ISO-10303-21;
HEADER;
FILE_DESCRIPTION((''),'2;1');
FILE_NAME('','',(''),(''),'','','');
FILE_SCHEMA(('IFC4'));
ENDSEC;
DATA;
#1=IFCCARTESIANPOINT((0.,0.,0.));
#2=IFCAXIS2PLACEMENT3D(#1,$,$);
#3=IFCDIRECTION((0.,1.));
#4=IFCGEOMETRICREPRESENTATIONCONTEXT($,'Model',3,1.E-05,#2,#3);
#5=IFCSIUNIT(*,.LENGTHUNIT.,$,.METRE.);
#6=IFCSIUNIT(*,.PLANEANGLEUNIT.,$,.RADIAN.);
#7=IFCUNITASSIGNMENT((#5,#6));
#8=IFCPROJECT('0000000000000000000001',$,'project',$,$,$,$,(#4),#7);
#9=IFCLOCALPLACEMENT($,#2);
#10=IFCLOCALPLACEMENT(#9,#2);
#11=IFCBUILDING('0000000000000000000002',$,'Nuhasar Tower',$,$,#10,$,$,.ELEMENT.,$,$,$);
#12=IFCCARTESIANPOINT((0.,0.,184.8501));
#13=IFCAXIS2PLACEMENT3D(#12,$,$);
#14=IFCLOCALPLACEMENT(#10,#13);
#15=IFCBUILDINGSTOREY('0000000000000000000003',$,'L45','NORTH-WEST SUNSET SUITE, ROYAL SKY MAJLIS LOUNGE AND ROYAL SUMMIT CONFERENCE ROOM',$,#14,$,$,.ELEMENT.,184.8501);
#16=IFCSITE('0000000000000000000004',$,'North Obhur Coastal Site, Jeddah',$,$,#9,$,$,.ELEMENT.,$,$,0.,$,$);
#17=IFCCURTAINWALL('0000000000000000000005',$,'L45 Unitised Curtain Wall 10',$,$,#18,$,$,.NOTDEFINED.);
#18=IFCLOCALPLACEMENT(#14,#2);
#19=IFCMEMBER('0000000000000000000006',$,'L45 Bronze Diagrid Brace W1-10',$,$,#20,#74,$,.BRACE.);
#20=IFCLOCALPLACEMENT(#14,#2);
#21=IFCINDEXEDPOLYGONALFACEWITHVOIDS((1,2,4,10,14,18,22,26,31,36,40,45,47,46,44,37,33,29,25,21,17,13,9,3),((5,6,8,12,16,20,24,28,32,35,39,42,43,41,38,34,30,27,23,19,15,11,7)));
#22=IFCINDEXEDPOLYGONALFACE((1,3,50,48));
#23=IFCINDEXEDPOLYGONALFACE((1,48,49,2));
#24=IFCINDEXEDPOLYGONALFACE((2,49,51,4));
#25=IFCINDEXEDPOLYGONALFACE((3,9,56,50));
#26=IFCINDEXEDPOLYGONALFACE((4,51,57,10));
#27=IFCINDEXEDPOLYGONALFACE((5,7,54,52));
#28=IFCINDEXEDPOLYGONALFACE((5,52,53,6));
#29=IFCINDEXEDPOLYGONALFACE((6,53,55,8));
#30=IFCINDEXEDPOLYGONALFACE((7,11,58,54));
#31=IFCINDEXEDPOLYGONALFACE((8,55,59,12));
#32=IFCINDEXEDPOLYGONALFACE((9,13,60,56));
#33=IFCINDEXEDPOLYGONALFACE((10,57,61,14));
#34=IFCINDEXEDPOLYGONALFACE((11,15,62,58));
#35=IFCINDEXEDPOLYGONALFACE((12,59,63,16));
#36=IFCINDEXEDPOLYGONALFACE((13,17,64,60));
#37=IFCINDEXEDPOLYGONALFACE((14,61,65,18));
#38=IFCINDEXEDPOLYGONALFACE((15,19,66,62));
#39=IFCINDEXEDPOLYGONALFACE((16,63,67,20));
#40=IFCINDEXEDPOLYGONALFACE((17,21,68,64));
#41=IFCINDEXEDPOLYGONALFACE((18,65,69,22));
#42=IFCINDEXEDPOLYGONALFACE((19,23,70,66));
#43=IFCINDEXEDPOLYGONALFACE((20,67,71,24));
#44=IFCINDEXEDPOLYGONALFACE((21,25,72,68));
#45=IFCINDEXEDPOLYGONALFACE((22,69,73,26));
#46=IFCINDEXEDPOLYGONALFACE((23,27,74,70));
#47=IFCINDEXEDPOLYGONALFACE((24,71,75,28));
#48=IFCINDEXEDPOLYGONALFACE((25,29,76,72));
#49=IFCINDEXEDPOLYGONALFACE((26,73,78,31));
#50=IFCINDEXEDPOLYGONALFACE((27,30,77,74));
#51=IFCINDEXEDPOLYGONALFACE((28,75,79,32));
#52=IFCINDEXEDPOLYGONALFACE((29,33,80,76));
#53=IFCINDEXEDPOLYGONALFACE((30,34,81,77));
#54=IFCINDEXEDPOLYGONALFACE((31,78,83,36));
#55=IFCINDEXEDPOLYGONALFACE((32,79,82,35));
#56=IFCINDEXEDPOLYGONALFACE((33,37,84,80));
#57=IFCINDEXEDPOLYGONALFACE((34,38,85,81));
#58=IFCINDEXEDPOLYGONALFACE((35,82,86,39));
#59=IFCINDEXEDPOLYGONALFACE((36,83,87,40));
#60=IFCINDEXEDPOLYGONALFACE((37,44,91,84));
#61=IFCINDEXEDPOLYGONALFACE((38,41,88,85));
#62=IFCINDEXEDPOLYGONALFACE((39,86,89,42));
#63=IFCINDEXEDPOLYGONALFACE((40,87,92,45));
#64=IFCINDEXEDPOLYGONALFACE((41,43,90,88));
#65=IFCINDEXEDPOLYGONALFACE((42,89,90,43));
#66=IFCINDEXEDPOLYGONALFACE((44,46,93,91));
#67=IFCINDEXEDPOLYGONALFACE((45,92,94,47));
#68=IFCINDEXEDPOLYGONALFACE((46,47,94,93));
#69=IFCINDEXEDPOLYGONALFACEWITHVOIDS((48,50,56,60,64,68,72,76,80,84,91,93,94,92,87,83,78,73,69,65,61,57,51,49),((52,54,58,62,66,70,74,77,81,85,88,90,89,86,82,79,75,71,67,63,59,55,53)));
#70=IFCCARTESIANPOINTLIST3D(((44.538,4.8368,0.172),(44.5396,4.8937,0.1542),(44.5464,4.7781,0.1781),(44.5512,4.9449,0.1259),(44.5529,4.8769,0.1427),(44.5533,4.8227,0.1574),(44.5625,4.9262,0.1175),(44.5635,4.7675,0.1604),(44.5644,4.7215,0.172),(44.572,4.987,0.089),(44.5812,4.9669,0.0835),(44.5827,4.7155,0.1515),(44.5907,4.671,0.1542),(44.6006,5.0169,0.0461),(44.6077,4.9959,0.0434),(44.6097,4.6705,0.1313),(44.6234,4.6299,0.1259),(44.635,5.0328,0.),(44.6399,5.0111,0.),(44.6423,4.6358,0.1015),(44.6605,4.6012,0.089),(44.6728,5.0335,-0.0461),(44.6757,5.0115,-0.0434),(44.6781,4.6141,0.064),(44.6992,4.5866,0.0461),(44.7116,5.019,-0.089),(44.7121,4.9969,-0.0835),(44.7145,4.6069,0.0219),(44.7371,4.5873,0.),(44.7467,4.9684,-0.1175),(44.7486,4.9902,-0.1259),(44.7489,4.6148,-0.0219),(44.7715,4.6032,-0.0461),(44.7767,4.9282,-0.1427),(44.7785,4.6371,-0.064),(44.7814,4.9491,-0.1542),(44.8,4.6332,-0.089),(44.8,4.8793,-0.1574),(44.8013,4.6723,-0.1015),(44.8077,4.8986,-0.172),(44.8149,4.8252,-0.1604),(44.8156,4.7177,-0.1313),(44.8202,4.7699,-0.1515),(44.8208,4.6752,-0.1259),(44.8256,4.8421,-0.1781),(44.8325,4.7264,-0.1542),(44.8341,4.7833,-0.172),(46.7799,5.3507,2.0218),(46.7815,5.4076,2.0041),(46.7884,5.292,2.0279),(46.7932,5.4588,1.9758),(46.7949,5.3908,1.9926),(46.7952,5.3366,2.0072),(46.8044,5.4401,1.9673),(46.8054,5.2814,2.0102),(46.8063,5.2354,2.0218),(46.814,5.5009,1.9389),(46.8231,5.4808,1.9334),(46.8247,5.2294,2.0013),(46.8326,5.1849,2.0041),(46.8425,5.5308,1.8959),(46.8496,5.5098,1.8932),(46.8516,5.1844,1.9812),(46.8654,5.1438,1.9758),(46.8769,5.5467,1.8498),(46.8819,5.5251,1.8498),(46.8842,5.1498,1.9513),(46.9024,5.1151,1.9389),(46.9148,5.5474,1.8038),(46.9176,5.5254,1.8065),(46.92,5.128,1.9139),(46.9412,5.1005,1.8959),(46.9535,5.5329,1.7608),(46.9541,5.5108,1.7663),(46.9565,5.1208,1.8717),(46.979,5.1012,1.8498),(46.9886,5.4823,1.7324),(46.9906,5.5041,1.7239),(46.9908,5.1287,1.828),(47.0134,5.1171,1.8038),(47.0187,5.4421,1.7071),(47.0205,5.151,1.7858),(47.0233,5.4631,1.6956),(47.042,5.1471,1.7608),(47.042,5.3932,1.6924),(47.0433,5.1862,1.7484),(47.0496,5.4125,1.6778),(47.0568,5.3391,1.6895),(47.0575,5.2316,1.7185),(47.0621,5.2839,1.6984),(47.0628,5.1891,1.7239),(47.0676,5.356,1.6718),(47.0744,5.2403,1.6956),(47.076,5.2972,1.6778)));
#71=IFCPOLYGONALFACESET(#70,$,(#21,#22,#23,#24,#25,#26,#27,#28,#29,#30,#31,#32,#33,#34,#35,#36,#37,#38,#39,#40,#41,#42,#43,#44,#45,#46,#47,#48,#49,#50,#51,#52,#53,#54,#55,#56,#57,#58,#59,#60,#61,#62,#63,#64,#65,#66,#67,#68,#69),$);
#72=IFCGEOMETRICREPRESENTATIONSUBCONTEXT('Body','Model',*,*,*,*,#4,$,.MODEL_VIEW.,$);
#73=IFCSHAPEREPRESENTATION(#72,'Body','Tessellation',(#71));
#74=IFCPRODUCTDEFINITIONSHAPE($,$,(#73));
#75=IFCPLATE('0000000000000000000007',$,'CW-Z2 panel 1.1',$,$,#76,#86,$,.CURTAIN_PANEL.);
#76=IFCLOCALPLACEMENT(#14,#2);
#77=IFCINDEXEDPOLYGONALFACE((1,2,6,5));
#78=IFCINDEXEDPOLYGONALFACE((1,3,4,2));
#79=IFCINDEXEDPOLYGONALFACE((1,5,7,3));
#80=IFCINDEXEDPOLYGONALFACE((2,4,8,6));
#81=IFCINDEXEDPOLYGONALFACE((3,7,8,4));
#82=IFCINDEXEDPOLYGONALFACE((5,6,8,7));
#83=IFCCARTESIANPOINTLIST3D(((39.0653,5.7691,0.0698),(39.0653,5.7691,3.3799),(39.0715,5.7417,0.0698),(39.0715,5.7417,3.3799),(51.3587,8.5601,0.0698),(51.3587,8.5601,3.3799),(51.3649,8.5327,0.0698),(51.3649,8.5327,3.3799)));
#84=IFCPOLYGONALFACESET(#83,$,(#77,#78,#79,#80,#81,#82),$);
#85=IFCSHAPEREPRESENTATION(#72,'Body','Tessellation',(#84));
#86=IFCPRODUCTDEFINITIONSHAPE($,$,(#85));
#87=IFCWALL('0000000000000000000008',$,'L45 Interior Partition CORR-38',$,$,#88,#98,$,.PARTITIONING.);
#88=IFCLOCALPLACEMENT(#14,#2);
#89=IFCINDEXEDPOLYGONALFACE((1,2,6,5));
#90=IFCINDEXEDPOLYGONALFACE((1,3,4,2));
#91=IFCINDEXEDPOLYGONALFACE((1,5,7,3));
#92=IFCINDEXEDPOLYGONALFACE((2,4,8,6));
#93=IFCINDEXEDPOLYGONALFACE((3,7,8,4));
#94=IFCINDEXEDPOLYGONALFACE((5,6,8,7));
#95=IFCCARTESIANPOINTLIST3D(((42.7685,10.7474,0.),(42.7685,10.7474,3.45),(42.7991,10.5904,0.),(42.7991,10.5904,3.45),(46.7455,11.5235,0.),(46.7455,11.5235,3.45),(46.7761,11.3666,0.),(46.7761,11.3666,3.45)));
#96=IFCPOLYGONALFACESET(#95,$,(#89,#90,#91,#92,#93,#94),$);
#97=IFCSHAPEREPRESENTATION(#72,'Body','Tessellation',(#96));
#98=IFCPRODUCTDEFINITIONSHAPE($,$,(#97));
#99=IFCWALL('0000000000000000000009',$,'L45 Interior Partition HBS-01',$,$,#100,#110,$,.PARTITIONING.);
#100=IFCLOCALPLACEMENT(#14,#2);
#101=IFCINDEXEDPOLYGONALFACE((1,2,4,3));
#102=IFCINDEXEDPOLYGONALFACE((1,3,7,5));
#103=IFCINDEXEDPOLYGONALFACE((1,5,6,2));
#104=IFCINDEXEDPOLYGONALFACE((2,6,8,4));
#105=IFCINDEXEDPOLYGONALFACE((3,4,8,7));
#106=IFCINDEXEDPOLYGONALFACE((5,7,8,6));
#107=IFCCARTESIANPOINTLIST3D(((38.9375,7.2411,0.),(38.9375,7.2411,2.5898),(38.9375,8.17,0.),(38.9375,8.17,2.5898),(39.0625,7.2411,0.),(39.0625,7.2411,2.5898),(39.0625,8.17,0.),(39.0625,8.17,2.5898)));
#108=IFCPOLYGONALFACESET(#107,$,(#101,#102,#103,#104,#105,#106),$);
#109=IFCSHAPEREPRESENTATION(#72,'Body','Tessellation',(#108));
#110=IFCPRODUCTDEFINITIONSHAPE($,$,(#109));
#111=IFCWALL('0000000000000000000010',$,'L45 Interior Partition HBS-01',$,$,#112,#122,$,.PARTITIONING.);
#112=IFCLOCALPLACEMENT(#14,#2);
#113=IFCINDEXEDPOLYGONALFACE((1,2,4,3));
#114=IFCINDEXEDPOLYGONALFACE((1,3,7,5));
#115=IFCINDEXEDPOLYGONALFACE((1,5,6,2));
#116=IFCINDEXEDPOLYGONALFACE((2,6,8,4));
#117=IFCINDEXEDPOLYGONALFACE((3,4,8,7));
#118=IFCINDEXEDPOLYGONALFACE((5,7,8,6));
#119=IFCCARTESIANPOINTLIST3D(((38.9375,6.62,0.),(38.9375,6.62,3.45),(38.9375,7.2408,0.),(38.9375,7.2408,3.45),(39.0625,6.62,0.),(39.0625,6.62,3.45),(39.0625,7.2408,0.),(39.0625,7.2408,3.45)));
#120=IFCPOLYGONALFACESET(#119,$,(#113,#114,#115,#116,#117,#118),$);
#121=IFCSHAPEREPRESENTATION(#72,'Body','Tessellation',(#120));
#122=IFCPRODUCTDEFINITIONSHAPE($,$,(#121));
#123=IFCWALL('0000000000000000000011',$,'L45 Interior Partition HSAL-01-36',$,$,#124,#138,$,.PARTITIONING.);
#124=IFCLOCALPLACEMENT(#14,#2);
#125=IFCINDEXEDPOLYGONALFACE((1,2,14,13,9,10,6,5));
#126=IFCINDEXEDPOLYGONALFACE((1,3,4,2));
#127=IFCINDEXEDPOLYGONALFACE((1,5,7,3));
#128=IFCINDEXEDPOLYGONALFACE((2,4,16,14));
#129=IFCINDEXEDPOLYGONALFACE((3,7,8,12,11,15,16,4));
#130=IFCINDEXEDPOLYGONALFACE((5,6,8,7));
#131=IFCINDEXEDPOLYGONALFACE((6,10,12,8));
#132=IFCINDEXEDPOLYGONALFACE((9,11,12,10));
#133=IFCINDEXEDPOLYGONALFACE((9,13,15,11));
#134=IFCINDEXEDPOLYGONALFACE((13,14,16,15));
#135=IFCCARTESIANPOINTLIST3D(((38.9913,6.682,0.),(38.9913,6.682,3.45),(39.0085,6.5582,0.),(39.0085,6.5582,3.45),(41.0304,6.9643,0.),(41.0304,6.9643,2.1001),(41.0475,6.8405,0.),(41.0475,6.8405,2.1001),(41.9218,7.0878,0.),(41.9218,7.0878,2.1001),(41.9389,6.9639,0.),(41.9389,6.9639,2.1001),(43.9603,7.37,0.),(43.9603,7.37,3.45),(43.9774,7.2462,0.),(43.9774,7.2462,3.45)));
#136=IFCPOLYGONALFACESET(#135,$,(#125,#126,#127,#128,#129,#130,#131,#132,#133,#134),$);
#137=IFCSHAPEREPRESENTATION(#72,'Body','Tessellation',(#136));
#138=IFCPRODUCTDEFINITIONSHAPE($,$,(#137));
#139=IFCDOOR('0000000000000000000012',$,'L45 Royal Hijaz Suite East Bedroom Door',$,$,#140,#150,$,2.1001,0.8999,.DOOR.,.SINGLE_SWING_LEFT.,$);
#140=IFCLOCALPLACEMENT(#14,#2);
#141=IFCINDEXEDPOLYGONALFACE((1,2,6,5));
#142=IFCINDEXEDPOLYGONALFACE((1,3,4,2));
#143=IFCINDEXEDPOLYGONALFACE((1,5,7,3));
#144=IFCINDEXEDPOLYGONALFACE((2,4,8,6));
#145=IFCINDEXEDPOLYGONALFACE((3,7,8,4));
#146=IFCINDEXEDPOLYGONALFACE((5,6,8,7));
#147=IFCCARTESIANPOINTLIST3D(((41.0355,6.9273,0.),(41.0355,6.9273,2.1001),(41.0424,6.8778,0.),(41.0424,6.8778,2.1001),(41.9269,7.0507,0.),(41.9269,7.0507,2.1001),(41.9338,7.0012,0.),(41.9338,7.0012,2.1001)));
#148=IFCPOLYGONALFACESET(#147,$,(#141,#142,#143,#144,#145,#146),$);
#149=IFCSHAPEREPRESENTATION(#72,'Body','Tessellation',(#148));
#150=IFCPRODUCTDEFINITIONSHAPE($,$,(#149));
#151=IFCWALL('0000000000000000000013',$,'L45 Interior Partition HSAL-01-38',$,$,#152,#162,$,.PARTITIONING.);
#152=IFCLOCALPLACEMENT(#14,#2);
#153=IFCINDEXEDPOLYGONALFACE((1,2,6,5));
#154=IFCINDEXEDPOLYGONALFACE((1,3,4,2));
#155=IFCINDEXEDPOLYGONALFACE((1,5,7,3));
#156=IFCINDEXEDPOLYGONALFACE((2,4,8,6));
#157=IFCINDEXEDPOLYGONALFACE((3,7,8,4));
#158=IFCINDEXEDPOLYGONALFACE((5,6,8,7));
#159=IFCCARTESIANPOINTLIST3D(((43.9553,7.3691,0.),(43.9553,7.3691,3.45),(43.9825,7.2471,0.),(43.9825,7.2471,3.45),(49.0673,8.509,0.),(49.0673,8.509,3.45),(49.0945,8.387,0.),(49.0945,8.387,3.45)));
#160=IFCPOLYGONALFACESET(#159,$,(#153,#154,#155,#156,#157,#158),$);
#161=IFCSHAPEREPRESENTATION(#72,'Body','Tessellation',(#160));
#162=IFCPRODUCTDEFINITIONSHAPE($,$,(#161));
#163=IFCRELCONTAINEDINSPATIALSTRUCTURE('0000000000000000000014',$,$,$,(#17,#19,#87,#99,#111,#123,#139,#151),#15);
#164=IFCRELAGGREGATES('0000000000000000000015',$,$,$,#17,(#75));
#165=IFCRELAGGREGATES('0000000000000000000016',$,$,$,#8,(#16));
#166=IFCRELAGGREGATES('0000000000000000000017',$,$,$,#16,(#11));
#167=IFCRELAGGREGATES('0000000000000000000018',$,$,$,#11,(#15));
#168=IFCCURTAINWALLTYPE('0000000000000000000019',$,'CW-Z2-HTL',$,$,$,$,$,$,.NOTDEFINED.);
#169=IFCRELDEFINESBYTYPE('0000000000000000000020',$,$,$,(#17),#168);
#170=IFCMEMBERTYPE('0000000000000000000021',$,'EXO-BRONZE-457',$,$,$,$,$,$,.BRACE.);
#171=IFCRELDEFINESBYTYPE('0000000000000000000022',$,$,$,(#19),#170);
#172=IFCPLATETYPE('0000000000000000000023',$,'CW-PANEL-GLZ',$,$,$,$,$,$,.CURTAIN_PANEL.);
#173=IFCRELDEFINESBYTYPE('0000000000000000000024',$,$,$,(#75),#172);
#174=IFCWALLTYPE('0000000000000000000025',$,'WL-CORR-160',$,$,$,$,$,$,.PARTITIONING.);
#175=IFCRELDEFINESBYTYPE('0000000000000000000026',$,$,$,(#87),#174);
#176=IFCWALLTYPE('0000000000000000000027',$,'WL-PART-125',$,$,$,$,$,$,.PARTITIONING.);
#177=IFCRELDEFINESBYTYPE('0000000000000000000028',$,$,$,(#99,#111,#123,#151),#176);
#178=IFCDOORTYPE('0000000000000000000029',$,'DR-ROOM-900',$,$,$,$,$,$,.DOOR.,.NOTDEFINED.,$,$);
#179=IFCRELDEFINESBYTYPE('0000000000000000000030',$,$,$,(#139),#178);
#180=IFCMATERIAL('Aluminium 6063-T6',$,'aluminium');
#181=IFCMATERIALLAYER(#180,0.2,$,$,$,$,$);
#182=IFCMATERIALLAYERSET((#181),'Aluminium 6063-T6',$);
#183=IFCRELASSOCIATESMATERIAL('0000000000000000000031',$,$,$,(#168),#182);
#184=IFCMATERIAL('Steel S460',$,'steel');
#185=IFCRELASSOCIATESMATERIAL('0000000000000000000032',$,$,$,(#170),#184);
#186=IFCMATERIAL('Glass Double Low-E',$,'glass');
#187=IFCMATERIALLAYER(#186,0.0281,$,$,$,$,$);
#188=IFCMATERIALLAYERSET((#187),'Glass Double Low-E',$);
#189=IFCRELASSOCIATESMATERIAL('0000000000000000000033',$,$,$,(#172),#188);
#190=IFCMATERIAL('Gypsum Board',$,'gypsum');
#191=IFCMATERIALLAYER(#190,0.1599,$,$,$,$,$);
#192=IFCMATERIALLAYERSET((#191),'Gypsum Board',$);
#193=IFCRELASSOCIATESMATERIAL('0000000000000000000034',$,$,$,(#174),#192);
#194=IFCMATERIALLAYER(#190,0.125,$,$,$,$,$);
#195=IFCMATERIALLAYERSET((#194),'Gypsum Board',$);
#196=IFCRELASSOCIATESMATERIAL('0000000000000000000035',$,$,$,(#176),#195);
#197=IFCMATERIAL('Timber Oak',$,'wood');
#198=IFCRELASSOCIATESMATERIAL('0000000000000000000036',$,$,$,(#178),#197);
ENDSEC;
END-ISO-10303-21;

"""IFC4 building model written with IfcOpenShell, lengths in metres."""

from ifc_helpers import new_model, si_unit, direction, frame, frame_2d, origin, origin_2d, place, context, subcontext, project, spatial, rectangle, hollow_circle, extrude, material, layer, layer_set, material_profile, profile_set, type_object, element, fill, aggregate, save


model = new_model("IFC4")

# Units and contexts
model_context = context("Model", 3, precision=1e-05, world=origin(), true_north=direction((0.0, 1.0)))
body_context = subcontext(model_context, "Body", "Model", "MODEL_VIEW")
ifc_project = project(units=[si_unit("LENGTHUNIT", "METRE"), si_unit("PLANEANGLEUNIT", "RADIAN")], contexts=[model_context])

# Site, building, storey
site_placement = place(None, origin())
site = spatial("IfcSite", under=ifc_project, at=site_placement, Name="North Obhur Coastal Site, Jeddah", CompositionType="ELEMENT", RefElevation=0.0)
building_placement = place(site_placement, origin())
building = spatial("IfcBuilding", under=site, at=building_placement, Name="Nuhasar Tower", CompositionType="ELEMENT")
storey_placement = place(building_placement, frame((0.0, 0.0, 184.8501)))
storey = spatial("IfcBuildingStorey", under=building, at=storey_placement, Name="L45", Description="NORTH-WEST SUNSET SUITE, ROYAL SKY MAJLIS LOUNGE AND ROYAL SUMMIT CONFERENCE ROOM", CompositionType="ELEMENT", Elevation=184.8501)

# Shared definitions
ifc_material_1 = material(Name="Aluminium 6063-T6", Category="aluminium")
ifc_layer_1 = layer(ifc_material_1, 0.2)
ifc_layer_set_1 = layer_set([ifc_layer_1], Name="Aluminium 6063-T6")
curtain_wall_type = type_object("IfcCurtainWallType", Name="CW-Z2-HTL", PredefinedType="NOTDEFINED", material=ifc_layer_set_1)

# Curtain wall
curtain_wall_1_placement = place(storey_placement, origin())
curtain_wall_1 = element("IfcCurtainWall", 1, at=curtain_wall_1_placement, inside=storey, type_object=curtain_wall_type, Name="L45 Unitised Curtain Wall 10", PredefinedType="NOTDEFINED")

# Member
ifc_material_2 = material(Name="Steel S460", Category="steel")
ifc_material_profile_1 = material_profile(ifc_material_2, hollow_circle(Radius=0.2285, WallThickness=0.0222, at=origin_2d()), Name="HSS457X22.2")
ifc_profile_set_1 = profile_set([ifc_material_profile_1], Name="Steel S460")
member_type_1 = type_object("IfcMemberType", Name="EXO-BRONZE-457", PredefinedType="BRACE", material=ifc_profile_set_1)
member_1_placement = place(storey_placement, frame((44.686, 4.8101, 0.0), z_axis=(0.75955, 0.17411, 0.626713), x_axis=(-0.223433, 0.974719, 0.0)))
element("IfcMember", 2, at=member_1_placement, inside=storey, type_object=member_type_1, Name="L45 Bronze Diagrid Brace W1-10", PredefinedType="BRACE", context=body_context, shape_type="SweptSolid", body=[
    extrude(hollow_circle(Radius=0.2285, WallThickness=0.0222, at=origin_2d()), origin(), (0.0, 0.0, 1.0), 2.9517),
])

# Plate
ifc_material_3 = material(Name="Glass Double Low-E", Category="glass")
ifc_layer_2 = layer(ifc_material_3, 0.0281)
ifc_layer_set_2 = layer_set([ifc_layer_2], Name="Glass Double Low-E")
plate_type = type_object("IfcPlateType", Name="CW-PANEL-GLZ", PredefinedType="CURTAIN_PANEL", material=ifc_layer_set_2)
plate_placement = place(storey_placement, frame((45.2151, 7.1509, 0.0698), z_axis=(0.0, 0.0, 1.0), x_axis=(0.975184, 0.221397, 0.0)))
plate = element("IfcPlate", 3, at=plate_placement, type_object=plate_type, Name="CW-Z2 panel 1.1", PredefinedType="CURTAIN_PANEL", context=body_context, shape_type="SweptSolid", body=[
    extrude(rectangle(XDim=12.6062, YDim=0.0281, at=origin_2d()), origin(), (0.0, 0.0, 1.0), 3.3101),
])
aggregate(curtain_wall_1, [plate])

# Shared definitions
ifc_material_4 = material(Name="Gypsum Board", Category="gypsum")
ifc_layer_3 = layer(ifc_material_4, 0.1599)
ifc_layer_set_3 = layer_set([ifc_layer_3], Name="Gypsum Board")
wall_type_1 = type_object("IfcWallType", Name="WL-CORR-160", PredefinedType="PARTITIONING", material=ifc_layer_set_3)
ifc_material_5 = material(Name="Timber Oak", Category="wood")

# Wall
wall_1_placement = place(storey_placement, frame((42.7839, 10.6689, 0.0), z_axis=(0.0, 0.0, 1.0), x_axis=(0.981485, 0.191537, 0.0)))
element("IfcWall", 4, at=wall_1_placement, inside=storey, type_object=wall_type_1, Name="L45 Interior Partition CORR-38", PredefinedType="PARTITIONING", context=body_context, shape_type="SweptSolid", body=[
    extrude(rectangle(XDim=4.052, YDim=0.1599, at=frame_2d((2.0259, 0.0))), origin(), (0.0, 0.0, 1.0), 3.45),
])

# Walls
ifc_layer_4 = layer(ifc_material_4, 0.125)
ifc_layer_set_4 = layer_set([ifc_layer_4], Name="Gypsum Board")
wall_type_2 = type_object("IfcWallType", Name="WL-PART-125", PredefinedType="PARTITIONING", material=ifc_layer_set_4)
wall_2_placement = place(storey_placement, frame((39.0, 8.1699, 0.0), z_axis=(0.0, 0.0, 1.0), x_axis=(0.0, -1.0, 0.0)))
element("IfcWall", 5, at=wall_2_placement, inside=storey, type_object=wall_type_2, Name="L45 Interior Partition HBS-01", PredefinedType="PARTITIONING", context=body_context, shape_type="SweptSolid", body=[
    extrude(rectangle(XDim=0.929, YDim=0.125, at=frame_2d((0.4644, 0.0))), origin(), (0.0, 0.0, 1.0), 2.5898),
])
wall_3_placement = place(storey_placement, frame((39.0, 7.241, 0.0), z_axis=(0.0, 0.0, 1.0), x_axis=(0.0, -1.0, 0.0)))
element("IfcWall", 6, at=wall_3_placement, inside=storey, type_object=wall_type_2, Name="L45 Interior Partition HBS-01", PredefinedType="PARTITIONING", context=body_context, shape_type="SweptSolid", body=[
    extrude(rectangle(XDim=0.6208, YDim=0.125, at=frame_2d((0.3105, 0.0))), origin(), (0.0, 0.0, 1.0), 3.45),
])

# Wall, opening, door
wall_4_placement = place(storey_placement, frame((43.969, 7.3081, 0.0), z_axis=(0.0, 0.0, 1.0), x_axis=(-0.990551, -0.137148, 0.0)))
wall_4 = element("IfcWall", 7, at=wall_4_placement, inside=storey, type_object=wall_type_2, Name="L45 Interior Partition HSAL-01-36", PredefinedType="PARTITIONING", context=body_context, shape_type="SweptSolid", body=[
    extrude(rectangle(XDim=5.0164, YDim=0.125, at=frame_2d((2.5083, 0.0))), origin(), (0.0, 0.0, 1.0), 3.45),
])
opening_1_placement = place(wall_4_placement, frame((2.0581, 0.0, 0.0)))
opening_1 = element("IfcOpeningElement", 8, at=opening_1_placement, cuts=wall_4, PredefinedType="OPENING", context=body_context, shape_type="SweptSolid", body=[
    extrude(rectangle(XDim=0.8999, YDim=2.1001, at=frame_2d((0.45, 1.05))), frame((0.0, 0.0725, 0.0), z_axis=(0.0, -1.0, 0.0), x_axis=(1.0, 0.0, 0.0)), (0.0, 0.0, 1.0), 0.145),
])
door_type_1 = type_object("IfcDoorType", Name="DR-ROOM-900", OperationType="NOTDEFINED", PredefinedType="DOOR", material=ifc_material_5)
door_1_placement = place(opening_1_placement, origin())
door_1 = element("IfcDoor", 9, at=door_1_placement, inside=storey, type_object=door_type_1, Name="L45 Royal Hijaz Suite East Bedroom Door", OperationType="SINGLE_SWING_LEFT", OverallHeight=2.1001, OverallWidth=0.8999, PredefinedType="DOOR", context=body_context, shape_type="SweptSolid", body=[
    extrude(rectangle(XDim=0.8999, YDim=2.1001, at=frame_2d((0.45, 1.05))), frame((0.0, 0.0249, 0.0), z_axis=(0.0, -1.0, 0.0), x_axis=(1.0, 0.0, 0.0)), (0.0, 0.0, 1.0), 0.05),
])
fill(opening_1, door_1)

# Wall
wall_5_placement = place(storey_placement, frame((43.969, 7.3081, 0.0), z_axis=(0.0, 0.0, 1.0), x_axis=(0.97603, 0.217636, 0.0)))
element("IfcWall", 10, at=wall_5_placement, inside=storey, type_object=wall_type_2, Name="L45 Interior Partition HSAL-01-38", PredefinedType="PARTITIONING", context=body_context, shape_type="SweptSolid", body=[
    extrude(rectangle(XDim=5.2375, YDim=0.125, at=frame_2d((2.6187, 0.0))), origin(), (0.0, 0.0, 1.0), 3.45),
])

save(model, "model.ifc")
